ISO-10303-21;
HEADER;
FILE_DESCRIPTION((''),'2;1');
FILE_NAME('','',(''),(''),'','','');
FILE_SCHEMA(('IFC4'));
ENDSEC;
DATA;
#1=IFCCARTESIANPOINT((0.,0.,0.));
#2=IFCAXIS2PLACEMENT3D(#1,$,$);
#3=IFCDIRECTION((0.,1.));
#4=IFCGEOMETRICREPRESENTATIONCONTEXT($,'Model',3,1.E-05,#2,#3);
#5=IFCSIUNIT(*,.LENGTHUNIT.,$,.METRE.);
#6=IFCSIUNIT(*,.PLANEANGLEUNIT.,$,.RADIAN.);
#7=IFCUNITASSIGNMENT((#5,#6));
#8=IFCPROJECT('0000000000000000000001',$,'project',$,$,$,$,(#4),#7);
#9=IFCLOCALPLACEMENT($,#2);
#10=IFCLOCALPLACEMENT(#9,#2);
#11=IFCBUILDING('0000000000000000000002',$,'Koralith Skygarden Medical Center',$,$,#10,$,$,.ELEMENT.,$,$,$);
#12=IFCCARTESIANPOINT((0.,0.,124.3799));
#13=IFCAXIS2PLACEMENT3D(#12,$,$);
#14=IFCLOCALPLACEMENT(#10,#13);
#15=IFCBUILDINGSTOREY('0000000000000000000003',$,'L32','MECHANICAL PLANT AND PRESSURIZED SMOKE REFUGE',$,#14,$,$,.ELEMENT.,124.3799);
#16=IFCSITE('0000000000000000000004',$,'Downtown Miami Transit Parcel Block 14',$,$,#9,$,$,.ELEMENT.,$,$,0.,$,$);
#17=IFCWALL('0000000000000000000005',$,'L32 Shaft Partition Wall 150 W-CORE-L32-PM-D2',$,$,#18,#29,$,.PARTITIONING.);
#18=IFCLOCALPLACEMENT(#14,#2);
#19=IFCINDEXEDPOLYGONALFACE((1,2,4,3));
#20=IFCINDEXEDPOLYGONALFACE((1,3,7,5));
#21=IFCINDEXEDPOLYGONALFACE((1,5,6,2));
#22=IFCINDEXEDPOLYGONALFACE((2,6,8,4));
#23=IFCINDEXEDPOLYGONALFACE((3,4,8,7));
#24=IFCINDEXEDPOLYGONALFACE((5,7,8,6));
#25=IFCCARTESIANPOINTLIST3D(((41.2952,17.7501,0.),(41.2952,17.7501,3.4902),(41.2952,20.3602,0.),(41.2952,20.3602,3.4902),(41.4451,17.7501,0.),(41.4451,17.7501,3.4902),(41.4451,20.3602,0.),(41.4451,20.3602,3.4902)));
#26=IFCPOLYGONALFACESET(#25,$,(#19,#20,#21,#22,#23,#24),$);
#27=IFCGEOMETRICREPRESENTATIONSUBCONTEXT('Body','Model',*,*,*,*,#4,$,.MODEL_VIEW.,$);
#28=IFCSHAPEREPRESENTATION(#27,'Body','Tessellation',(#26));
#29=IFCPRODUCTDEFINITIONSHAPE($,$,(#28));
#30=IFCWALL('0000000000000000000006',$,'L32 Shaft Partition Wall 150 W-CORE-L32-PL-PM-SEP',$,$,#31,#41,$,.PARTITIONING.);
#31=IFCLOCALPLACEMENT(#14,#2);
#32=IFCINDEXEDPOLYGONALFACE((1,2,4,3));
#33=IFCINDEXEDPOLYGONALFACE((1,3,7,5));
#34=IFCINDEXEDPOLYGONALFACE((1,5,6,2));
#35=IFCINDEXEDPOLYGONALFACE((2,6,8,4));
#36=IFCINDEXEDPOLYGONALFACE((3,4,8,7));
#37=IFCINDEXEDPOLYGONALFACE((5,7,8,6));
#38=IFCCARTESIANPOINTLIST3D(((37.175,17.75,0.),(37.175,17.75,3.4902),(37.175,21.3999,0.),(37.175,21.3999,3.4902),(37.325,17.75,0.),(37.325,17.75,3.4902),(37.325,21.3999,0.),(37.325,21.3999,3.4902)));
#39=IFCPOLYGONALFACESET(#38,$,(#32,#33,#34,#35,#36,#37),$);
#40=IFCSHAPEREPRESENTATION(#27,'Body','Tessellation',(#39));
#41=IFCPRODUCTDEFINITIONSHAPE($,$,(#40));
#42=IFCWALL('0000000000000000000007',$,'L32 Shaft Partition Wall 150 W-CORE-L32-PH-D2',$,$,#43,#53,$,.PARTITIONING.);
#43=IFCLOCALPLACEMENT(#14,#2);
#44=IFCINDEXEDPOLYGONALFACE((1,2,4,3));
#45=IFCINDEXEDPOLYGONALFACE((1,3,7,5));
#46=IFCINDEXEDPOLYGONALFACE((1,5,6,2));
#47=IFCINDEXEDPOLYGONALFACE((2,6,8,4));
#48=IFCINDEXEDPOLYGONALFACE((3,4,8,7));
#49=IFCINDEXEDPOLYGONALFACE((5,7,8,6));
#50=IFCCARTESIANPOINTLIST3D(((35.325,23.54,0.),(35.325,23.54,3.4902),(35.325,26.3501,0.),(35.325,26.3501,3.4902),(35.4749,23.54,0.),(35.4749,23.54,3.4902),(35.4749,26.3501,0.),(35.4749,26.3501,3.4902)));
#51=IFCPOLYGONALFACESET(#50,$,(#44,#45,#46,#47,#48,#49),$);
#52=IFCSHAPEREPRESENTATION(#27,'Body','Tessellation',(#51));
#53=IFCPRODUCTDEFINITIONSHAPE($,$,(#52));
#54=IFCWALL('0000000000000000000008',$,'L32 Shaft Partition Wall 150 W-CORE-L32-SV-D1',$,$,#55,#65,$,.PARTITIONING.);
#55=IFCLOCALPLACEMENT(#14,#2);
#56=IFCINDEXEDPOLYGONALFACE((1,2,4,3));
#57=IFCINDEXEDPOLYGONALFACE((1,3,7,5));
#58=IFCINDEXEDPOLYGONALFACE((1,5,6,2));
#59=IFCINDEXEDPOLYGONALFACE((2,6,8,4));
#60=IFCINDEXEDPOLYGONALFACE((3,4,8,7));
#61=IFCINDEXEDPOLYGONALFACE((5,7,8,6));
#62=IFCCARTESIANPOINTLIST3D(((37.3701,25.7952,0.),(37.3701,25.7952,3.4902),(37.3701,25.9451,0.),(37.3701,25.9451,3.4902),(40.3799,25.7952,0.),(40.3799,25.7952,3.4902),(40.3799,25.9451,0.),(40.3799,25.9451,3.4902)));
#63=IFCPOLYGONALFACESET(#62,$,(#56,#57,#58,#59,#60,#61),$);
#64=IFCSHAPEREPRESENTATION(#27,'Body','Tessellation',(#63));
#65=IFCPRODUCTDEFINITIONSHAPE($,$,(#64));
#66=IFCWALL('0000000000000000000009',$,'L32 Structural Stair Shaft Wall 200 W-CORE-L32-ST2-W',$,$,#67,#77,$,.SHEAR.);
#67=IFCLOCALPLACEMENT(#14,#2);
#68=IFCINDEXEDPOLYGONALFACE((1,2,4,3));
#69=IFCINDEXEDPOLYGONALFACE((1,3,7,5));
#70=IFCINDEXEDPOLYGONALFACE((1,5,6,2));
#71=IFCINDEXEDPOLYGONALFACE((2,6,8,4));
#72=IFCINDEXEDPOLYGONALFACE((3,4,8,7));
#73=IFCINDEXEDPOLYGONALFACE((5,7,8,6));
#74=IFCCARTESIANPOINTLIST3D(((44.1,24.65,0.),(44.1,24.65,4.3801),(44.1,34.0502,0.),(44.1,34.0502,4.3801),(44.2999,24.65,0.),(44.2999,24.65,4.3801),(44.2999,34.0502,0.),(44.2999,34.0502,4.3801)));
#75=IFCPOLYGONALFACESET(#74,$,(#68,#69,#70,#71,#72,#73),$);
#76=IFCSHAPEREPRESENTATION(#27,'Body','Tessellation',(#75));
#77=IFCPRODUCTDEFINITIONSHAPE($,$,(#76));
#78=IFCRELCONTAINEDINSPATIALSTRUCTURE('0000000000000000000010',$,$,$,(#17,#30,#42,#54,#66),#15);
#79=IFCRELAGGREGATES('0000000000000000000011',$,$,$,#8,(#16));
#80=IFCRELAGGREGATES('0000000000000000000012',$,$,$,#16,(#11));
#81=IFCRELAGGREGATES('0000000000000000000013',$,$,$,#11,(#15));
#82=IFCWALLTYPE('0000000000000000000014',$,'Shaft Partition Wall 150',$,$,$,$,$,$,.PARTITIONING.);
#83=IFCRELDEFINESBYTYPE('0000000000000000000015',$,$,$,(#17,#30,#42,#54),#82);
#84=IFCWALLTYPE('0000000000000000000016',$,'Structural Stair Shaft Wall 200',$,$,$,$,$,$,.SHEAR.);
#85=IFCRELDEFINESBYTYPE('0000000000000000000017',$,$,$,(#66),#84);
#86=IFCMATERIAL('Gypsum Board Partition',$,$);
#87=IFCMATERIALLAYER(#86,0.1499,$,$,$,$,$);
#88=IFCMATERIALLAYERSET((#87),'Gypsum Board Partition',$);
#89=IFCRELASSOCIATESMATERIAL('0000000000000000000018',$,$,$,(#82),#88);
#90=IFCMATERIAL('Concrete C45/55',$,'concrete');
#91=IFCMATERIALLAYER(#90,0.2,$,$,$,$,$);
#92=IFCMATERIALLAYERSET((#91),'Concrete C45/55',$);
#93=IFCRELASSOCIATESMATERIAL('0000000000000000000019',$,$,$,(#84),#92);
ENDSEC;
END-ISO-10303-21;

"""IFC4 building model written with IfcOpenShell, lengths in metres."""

from ifc_helpers import new_model, si_unit, direction, frame, frame_2d, origin, place, context, subcontext, project, spatial, rectangle, extrude, material, layer, layer_set, type_object, element, save


model = new_model("IFC4")

# Units and contexts
model_context = context("Model", 3, precision=1e-05, world=origin(), true_north=direction((0.0, 1.0)))
body_context = subcontext(model_context, "Body", "Model", "MODEL_VIEW")
ifc_project = project(units=[si_unit("LENGTHUNIT", "METRE"), si_unit("PLANEANGLEUNIT", "RADIAN")], contexts=[model_context])

# Site, building, storey
site_placement = place(None, origin())
site = spatial("IfcSite", under=ifc_project, at=site_placement, Name="Downtown Miami Transit Parcel Block 14", CompositionType="ELEMENT", RefElevation=0.0)
building_placement = place(site_placement, origin())
building = spatial("IfcBuilding", under=site, at=building_placement, Name="Koralith Skygarden Medical Center", CompositionType="ELEMENT")
storey_placement = place(building_placement, frame((0.0, 0.0, 124.3799)))
storey = spatial("IfcBuildingStorey", under=building, at=storey_placement, Name="L32", Description="MECHANICAL PLANT AND PRESSURIZED SMOKE REFUGE", CompositionType="ELEMENT", Elevation=124.3799)

# Shared definitions
ifc_material_1 = material(Name="Gypsum Board Partition")

# Walls
ifc_layer_1 = layer(ifc_material_1, 0.1499)
ifc_layer_set_1 = layer_set([ifc_layer_1], Name="Gypsum Board Partition")
wall_type_1 = type_object("IfcWallType", Name="Shaft Partition Wall 150", PredefinedType="PARTITIONING", material=ifc_layer_set_1)
for number, where, z_axis, x_axis, name in (
    (1, (41.3701, 17.75, 0.0), (0.0, 0.0, 1.0), (0.0, 1.0, 0.0), "L32 Shaft Partition Wall 150 W-CORE-L32-PM-D2"),
):
    element("IfcWall", number, at=place(storey_placement, frame(where, z_axis=z_axis, x_axis=x_axis)), inside=storey, type_object=wall_type_1, Name=name, PredefinedType="PARTITIONING", context=body_context, shape_type="SweptSolid", body=[
        extrude(rectangle(XDim=2.6101, YDim=0.1499, at=frame_2d((1.3052, 0.0))), origin(), (0.0, 0.0, 1.0), 3.4902),
    ])
wall_1_placement = place(storey_placement, frame((37.25, 17.75, 0.0), z_axis=(0.0, 0.0, 1.0), x_axis=(0.0, 1.0, 0.0)))
element("IfcWall", 2, at=wall_1_placement, inside=storey, type_object=wall_type_1, Name="L32 Shaft Partition Wall 150 W-CORE-L32-PL-PM-SEP", PredefinedType="PARTITIONING", context=body_context, shape_type="SweptSolid", body=[
    extrude(rectangle(XDim=3.6499, YDim=0.1499, at=frame_2d((1.825, 0.0))), origin(), (0.0, 0.0, 1.0), 3.4902),
])
wall_2_placement = place(storey_placement, frame((35.3999, 23.54, 0.0), z_axis=(0.0, 0.0, 1.0), x_axis=(0.0, 1.0, 0.0)))
element("IfcWall", 3, at=wall_2_placement, inside=storey, type_object=wall_type_1, Name="L32 Shaft Partition Wall 150 W-CORE-L32-PH-D2", PredefinedType="PARTITIONING", context=body_context, shape_type="SweptSolid", body=[
    extrude(rectangle(XDim=2.8101, YDim=0.1499, at=frame_2d((1.405, 0.0))), origin(), (0.0, 0.0, 1.0), 3.4902),
])
wall_3_placement = place(storey_placement, frame((37.3701, 25.8701, 0.0), z_axis=(0.0, 0.0, 1.0), x_axis=(1.0, 0.0, 0.0)))
element("IfcWall", 4, at=wall_3_placement, inside=storey, type_object=wall_type_1, Name="L32 Shaft Partition Wall 150 W-CORE-L32-SV-D1", PredefinedType="PARTITIONING", context=body_context, shape_type="SweptSolid", body=[
    extrude(rectangle(XDim=3.0098, YDim=0.1499, at=frame_2d((1.5049, 0.0))), origin(), (0.0, 0.0, 1.0), 3.4902),
])
ifc_material_2 = material(Name="Concrete C45/55", Category="concrete")
ifc_layer_2 = layer(ifc_material_2, 0.2)
ifc_layer_set_2 = layer_set([ifc_layer_2], Name="Concrete C45/55")
wall_type_2 = type_object("IfcWallType", Name="Structural Stair Shaft Wall 200", PredefinedType="SHEAR", material=ifc_layer_set_2)
wall_4_placement = place(storey_placement, frame((44.2, 24.6499, 0.0), z_axis=(0.0, 0.0, 1.0), x_axis=(0.0, 1.0, 0.0)))
element("IfcWall", 5, at=wall_4_placement, inside=storey, type_object=wall_type_2, Name="L32 Structural Stair Shaft Wall 200 W-CORE-L32-ST2-W", PredefinedType="SHEAR", context=body_context, shape_type="SweptSolid", body=[
    extrude(rectangle(XDim=9.4001, YDim=0.2, at=frame_2d((4.7002, 0.0))), origin(), (0.0, 0.0, 1.0), 4.3801),
])

save(model, "model.ifc")
